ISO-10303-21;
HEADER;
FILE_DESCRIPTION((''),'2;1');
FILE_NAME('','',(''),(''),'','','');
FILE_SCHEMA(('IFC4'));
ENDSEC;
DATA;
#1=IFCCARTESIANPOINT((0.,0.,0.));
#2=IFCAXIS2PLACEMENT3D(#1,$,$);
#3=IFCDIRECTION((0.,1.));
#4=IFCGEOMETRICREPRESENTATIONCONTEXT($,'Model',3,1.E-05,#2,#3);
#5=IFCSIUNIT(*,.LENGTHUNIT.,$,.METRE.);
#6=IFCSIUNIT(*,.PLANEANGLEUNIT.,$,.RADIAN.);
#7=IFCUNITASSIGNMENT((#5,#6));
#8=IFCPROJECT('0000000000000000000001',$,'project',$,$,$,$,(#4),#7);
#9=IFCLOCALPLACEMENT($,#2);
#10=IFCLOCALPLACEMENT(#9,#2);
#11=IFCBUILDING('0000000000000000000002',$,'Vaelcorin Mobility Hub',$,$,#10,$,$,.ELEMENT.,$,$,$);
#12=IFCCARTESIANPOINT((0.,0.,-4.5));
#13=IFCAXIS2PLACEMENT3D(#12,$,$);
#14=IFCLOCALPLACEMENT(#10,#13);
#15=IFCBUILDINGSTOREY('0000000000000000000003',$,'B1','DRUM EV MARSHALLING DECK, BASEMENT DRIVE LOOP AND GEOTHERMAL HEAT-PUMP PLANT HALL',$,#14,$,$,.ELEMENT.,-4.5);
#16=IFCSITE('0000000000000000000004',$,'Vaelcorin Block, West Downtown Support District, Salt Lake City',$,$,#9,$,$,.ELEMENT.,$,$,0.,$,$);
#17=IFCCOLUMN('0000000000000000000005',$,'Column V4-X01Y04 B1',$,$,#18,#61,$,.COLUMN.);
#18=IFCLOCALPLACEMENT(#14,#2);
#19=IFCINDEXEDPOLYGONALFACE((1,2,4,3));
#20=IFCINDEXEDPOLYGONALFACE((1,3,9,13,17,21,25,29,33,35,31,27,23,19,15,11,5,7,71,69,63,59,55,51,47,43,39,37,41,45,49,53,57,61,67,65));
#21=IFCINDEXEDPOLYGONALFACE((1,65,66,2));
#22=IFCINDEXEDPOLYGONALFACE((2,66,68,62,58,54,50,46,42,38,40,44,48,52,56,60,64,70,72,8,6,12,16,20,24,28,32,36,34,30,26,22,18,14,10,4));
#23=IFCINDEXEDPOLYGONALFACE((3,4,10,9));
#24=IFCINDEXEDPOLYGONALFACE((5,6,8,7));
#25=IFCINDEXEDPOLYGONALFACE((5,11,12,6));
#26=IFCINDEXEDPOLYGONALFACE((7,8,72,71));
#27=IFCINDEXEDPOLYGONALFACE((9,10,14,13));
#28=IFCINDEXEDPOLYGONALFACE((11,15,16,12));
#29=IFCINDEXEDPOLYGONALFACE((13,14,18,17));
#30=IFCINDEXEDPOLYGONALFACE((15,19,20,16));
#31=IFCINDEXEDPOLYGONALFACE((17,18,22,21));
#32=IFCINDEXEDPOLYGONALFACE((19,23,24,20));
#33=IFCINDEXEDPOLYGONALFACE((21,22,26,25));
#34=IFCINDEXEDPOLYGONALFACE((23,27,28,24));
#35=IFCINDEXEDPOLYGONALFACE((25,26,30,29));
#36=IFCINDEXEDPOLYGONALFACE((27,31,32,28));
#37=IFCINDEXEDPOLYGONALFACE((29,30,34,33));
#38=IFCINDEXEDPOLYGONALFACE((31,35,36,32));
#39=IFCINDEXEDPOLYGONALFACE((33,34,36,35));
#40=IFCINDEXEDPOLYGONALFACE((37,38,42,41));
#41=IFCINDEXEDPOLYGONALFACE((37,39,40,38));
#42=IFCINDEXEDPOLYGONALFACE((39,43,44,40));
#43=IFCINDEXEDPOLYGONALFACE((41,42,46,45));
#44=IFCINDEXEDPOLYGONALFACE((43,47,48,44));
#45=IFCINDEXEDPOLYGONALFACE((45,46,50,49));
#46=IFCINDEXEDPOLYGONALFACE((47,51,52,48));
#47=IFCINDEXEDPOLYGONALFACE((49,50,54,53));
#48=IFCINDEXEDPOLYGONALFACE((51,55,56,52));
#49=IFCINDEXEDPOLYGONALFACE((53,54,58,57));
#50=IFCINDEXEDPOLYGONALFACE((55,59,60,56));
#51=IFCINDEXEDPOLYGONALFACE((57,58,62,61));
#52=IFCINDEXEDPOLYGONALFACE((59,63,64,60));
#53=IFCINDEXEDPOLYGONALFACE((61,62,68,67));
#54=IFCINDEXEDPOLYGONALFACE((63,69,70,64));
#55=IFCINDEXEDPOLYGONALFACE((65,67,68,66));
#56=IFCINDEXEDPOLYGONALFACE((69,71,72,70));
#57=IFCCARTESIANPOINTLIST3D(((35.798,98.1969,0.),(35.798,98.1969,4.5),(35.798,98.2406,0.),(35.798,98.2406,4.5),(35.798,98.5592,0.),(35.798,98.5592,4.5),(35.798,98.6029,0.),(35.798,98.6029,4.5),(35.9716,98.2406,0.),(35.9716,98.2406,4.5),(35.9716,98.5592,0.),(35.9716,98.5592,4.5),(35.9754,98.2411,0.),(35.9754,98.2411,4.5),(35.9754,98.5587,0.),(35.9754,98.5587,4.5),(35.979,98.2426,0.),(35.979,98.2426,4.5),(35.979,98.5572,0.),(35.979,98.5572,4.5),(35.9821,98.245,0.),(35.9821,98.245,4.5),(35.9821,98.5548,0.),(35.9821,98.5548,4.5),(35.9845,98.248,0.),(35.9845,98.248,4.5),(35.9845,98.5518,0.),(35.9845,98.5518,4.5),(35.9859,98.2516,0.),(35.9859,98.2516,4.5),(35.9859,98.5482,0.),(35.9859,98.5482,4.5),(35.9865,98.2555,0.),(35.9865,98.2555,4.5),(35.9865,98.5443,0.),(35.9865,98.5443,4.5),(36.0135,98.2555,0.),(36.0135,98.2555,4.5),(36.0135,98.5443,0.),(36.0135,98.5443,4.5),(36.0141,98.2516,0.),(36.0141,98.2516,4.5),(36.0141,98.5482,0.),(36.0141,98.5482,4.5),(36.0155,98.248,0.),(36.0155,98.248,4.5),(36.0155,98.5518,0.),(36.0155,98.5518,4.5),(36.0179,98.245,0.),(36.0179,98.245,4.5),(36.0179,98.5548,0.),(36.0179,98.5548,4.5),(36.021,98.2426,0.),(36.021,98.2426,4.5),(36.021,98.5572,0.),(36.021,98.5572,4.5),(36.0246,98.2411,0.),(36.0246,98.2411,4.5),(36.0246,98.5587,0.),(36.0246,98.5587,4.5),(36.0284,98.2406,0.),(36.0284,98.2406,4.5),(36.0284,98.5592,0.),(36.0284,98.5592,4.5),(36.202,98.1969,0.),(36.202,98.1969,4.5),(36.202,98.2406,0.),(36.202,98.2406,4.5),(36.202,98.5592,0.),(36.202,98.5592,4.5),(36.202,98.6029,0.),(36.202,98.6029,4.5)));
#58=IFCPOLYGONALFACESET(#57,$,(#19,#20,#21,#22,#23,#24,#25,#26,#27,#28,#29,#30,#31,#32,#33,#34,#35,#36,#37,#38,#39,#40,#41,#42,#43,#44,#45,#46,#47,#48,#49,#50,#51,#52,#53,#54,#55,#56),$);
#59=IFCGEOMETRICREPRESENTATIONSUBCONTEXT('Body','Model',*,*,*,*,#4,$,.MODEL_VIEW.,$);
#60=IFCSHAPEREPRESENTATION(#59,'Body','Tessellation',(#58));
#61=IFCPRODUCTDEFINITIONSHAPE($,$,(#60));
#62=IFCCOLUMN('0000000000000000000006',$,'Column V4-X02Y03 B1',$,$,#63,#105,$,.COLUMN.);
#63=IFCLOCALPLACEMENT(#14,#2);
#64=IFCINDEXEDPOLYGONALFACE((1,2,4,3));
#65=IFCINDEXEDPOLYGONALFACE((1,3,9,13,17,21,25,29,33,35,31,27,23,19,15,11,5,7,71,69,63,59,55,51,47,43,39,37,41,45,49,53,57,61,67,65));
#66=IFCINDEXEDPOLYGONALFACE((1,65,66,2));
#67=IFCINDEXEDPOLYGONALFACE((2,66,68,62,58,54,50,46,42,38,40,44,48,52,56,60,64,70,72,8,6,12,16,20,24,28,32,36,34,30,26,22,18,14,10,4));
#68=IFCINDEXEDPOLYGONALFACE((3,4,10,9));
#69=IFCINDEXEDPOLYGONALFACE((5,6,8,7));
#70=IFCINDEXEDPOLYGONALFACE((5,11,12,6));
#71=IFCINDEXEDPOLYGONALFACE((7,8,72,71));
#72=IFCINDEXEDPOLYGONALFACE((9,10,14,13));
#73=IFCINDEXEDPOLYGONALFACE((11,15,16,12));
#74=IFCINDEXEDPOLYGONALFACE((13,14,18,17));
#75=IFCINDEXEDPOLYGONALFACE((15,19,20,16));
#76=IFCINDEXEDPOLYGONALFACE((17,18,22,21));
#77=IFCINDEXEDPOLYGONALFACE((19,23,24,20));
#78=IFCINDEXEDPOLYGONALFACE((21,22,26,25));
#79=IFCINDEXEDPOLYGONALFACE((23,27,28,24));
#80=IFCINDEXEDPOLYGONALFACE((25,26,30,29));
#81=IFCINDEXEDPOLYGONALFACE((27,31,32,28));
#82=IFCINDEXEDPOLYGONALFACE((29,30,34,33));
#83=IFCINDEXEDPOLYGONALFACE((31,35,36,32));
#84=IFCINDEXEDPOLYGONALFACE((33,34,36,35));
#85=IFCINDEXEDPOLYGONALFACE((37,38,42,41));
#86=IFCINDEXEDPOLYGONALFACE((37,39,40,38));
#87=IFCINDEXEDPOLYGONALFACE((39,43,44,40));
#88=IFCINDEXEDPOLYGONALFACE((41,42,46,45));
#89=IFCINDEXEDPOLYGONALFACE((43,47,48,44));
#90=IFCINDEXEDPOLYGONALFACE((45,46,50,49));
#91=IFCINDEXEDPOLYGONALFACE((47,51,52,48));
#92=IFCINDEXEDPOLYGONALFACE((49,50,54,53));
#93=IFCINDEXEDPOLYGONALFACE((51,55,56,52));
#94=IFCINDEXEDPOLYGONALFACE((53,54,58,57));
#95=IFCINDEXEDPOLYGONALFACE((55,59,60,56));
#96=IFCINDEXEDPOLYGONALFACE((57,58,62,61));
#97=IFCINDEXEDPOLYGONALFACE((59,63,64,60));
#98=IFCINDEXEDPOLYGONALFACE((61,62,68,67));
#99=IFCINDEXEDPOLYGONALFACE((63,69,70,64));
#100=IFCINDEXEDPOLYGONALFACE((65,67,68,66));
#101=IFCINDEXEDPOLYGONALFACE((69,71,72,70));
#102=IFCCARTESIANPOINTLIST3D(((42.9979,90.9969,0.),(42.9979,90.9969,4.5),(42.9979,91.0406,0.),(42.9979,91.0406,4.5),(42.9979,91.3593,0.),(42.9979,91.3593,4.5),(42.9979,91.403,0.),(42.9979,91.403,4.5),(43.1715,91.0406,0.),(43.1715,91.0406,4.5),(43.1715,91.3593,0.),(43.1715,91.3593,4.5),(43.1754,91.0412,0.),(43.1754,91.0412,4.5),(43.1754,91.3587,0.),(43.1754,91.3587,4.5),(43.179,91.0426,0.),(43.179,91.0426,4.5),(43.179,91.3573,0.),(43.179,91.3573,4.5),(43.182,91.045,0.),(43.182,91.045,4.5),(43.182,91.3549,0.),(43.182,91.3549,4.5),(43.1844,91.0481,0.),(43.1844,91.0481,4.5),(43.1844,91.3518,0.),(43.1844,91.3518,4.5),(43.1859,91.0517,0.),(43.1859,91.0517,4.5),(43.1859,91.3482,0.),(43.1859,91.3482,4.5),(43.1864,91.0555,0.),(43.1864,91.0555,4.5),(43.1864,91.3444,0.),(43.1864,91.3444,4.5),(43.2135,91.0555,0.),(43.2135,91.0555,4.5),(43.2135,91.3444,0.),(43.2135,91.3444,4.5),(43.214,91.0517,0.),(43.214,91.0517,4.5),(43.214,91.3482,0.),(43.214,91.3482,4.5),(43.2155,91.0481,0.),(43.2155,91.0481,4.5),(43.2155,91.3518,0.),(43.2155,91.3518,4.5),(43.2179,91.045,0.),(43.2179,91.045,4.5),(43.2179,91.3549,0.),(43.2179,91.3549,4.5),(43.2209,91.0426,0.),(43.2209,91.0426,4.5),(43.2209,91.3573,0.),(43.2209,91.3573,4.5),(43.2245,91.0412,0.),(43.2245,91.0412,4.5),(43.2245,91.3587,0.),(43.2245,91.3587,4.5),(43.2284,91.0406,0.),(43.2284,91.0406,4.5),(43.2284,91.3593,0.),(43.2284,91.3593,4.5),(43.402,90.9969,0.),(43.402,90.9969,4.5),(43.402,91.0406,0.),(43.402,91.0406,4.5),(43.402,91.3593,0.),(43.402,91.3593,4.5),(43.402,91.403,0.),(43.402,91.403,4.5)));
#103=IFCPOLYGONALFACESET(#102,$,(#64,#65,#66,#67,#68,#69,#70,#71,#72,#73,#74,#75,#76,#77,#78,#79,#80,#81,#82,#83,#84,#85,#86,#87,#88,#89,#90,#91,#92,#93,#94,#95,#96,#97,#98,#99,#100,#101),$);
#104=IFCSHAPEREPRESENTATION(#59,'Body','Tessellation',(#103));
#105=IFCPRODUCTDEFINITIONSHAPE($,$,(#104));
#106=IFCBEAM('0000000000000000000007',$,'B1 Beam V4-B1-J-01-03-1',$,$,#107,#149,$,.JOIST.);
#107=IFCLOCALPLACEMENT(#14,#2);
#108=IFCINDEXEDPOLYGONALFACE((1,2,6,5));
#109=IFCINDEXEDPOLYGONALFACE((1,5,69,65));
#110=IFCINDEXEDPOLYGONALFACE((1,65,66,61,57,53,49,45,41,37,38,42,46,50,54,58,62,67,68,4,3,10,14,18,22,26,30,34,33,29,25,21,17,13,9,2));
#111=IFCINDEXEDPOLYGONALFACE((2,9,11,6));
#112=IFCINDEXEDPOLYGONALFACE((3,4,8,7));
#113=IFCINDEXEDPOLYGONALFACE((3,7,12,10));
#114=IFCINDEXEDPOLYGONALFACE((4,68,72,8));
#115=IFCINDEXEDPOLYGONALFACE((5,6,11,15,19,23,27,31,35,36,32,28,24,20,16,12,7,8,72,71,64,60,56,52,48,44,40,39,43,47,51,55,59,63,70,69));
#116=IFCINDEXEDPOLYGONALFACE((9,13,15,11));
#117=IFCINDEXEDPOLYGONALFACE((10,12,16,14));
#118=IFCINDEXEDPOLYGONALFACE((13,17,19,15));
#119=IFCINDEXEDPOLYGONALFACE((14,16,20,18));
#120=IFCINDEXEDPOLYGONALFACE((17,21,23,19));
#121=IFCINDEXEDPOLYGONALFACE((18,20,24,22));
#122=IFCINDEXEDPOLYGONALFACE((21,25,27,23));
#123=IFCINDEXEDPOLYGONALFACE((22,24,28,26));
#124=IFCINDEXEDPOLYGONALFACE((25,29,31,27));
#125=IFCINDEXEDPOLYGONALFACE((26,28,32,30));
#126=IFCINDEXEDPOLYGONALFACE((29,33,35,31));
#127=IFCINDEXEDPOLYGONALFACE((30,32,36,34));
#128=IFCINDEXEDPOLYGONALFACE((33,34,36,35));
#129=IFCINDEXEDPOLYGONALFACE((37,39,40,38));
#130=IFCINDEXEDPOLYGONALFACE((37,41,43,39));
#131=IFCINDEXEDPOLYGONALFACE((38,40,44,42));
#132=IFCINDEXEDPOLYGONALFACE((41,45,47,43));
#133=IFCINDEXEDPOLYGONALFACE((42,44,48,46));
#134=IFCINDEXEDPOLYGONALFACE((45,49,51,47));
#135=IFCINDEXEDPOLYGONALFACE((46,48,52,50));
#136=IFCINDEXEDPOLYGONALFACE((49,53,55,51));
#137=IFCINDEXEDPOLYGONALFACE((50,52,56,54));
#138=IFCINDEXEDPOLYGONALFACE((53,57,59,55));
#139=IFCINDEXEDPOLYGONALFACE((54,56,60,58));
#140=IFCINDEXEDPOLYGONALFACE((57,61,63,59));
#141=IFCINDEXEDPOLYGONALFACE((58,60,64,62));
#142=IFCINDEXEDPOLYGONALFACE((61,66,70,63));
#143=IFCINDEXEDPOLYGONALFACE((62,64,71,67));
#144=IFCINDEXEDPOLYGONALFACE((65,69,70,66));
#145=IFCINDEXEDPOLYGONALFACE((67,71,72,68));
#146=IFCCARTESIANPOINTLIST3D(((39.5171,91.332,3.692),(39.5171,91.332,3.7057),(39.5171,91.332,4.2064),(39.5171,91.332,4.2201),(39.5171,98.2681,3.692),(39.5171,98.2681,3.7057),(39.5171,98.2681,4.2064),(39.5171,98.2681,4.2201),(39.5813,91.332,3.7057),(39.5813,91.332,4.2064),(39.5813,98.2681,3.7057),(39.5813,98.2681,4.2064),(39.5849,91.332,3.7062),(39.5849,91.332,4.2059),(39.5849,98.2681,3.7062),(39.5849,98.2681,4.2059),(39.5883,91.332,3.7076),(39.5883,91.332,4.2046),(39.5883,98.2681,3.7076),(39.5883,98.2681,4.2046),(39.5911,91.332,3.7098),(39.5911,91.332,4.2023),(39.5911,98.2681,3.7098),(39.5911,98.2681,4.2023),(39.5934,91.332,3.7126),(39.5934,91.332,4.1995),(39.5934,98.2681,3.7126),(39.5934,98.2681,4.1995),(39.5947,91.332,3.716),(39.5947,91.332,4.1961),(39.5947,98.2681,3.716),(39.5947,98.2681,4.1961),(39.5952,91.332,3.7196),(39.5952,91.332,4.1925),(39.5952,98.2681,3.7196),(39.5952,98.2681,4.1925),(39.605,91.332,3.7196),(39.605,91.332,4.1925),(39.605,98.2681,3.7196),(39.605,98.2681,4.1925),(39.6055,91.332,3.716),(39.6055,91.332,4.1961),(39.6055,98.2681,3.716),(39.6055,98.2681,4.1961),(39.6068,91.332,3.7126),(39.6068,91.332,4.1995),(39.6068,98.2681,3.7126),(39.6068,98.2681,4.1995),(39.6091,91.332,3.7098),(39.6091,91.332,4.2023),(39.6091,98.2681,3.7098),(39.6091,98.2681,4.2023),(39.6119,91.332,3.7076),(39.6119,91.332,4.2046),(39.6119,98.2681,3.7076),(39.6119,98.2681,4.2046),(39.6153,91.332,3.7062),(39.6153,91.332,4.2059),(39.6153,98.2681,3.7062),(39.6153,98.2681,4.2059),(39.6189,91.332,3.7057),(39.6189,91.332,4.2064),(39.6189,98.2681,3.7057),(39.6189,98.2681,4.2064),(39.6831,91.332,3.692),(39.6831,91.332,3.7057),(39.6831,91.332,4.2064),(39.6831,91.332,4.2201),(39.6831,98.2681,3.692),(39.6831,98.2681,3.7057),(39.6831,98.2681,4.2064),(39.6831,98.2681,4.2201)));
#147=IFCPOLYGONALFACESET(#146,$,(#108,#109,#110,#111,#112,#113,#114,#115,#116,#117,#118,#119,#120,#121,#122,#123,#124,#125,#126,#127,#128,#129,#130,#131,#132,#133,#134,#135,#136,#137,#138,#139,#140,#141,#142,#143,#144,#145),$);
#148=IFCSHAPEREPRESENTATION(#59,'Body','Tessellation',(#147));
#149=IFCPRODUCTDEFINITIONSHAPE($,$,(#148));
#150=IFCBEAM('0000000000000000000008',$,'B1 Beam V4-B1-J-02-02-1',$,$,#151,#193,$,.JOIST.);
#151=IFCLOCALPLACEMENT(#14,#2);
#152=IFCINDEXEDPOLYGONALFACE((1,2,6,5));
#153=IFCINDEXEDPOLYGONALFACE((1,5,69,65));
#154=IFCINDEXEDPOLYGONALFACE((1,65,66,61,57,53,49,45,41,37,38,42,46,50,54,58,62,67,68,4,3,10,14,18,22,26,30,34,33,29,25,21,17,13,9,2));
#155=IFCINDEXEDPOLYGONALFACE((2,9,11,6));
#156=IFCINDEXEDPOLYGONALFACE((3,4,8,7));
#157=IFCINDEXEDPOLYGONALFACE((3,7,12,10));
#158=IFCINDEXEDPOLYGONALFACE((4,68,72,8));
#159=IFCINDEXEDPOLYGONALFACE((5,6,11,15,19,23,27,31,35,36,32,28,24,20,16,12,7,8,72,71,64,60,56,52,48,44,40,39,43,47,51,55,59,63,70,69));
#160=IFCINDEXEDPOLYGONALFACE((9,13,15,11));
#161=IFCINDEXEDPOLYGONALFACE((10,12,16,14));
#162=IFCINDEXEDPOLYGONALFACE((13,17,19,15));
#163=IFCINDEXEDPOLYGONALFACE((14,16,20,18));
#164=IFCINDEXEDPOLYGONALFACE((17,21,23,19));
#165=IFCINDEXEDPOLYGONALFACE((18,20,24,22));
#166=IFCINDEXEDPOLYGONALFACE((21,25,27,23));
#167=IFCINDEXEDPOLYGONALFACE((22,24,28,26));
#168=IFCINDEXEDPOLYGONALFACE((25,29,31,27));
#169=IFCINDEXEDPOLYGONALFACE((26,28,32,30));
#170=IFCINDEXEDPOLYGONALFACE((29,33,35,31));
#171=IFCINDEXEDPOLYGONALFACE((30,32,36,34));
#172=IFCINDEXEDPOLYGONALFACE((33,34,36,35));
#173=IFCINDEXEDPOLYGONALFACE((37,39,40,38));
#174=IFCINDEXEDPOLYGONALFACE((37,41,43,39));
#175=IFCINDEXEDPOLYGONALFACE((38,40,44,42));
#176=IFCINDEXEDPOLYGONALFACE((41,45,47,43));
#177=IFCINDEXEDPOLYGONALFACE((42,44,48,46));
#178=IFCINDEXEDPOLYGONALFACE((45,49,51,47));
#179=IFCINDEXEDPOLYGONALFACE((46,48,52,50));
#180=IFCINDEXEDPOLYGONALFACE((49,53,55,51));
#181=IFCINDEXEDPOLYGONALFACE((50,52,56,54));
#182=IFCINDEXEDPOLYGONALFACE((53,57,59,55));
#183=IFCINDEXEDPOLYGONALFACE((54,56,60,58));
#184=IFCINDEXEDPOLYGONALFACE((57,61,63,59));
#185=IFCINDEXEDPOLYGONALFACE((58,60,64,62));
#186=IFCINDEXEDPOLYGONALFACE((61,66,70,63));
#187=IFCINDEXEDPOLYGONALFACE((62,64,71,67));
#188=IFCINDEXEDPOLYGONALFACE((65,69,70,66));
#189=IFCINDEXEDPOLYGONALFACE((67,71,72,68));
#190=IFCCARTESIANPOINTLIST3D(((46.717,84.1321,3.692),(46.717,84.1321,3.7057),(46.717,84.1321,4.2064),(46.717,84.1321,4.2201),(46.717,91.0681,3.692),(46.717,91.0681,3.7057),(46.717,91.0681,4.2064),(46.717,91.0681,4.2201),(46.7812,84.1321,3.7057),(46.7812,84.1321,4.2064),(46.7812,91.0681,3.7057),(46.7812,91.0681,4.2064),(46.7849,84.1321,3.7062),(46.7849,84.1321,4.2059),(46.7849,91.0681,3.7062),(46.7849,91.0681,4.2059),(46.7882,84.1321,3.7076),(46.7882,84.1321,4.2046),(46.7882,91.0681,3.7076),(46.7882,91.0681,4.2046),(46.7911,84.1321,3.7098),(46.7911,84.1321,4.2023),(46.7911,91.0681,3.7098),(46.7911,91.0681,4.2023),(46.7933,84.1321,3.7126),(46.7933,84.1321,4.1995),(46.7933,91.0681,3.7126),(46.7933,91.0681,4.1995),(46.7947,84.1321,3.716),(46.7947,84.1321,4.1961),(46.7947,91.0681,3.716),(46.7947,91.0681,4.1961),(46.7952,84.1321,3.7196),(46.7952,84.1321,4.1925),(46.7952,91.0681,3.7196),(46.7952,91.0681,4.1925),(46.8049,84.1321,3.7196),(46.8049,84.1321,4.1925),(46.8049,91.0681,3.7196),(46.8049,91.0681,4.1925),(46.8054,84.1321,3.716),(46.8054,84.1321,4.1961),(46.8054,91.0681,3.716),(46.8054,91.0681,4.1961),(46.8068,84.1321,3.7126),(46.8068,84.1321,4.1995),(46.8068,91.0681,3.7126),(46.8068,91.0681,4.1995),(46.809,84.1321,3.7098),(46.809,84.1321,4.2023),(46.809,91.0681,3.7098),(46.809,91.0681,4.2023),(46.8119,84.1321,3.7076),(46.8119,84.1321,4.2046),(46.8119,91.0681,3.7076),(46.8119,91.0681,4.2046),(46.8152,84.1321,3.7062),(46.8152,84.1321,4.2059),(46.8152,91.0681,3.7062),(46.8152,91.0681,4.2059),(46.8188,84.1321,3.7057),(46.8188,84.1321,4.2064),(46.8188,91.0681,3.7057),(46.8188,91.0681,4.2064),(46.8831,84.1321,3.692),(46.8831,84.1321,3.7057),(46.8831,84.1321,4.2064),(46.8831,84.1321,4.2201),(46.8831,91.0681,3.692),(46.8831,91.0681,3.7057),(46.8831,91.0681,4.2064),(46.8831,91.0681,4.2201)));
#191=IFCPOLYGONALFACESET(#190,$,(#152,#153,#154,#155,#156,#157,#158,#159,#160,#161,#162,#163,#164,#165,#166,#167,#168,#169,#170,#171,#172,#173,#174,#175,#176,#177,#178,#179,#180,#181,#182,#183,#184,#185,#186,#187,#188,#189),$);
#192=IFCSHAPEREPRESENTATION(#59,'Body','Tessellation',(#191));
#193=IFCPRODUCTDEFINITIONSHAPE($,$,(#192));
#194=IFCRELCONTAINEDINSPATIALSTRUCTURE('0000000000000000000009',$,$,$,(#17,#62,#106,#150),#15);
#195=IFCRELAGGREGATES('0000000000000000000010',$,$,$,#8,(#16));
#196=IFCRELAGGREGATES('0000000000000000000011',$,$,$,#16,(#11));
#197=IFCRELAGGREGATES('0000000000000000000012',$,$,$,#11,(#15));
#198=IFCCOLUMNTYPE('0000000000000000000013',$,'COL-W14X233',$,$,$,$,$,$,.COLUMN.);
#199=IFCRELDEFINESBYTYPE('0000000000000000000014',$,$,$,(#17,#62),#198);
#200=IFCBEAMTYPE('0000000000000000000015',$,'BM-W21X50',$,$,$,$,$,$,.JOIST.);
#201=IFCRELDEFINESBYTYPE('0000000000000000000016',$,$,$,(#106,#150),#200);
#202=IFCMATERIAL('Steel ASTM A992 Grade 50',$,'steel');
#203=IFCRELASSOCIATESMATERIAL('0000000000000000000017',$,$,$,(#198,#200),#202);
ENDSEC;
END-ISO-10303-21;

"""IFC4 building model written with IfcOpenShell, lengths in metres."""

from ifc_helpers import new_model, si_unit, direction, frame, origin, origin_2d, place, context, subcontext, project, spatial, i_section, extrude, material, material_profile, profile_set, type_object, element, save


model = new_model("IFC4")

# Units and contexts
model_context = context("Model", 3, precision=1e-05, world=origin(), true_north=direction((0.0, 1.0)))
body_context = subcontext(model_context, "Body", "Model", "MODEL_VIEW")
ifc_project = project(units=[si_unit("LENGTHUNIT", "METRE"), si_unit("PLANEANGLEUNIT", "RADIAN")], contexts=[model_context])

# Site, building, storey
site_placement = place(None, origin())
site = spatial("IfcSite", under=ifc_project, at=site_placement, Name="Vaelcorin Block, West Downtown Support District, Salt Lake City", CompositionType="ELEMENT", RefElevation=0.0)
building_placement = place(site_placement, origin())
building = spatial("IfcBuilding", under=site, at=building_placement, Name="Vaelcorin Mobility Hub", CompositionType="ELEMENT")
storey_placement = place(building_placement, frame((0.0, 0.0, -4.5)))
storey = spatial("IfcBuildingStorey", under=building, at=storey_placement, Name="B1", Description="DRUM EV MARSHALLING DECK, BASEMENT DRIVE LOOP AND GEOTHERMAL HEAT-PUMP PLANT HALL", CompositionType="ELEMENT", Elevation=-4.5)

# Columns
ifc_material_1 = material(Name="Steel ASTM A992 Grade 50", Category="steel")
ifc_material_profile_1 = material_profile(ifc_material_1, i_section(OverallWidth=0.4041, OverallDepth=0.406, WebThickness=0.0271, FlangeThickness=0.0437, FilletRadius=0.0149, at=origin_2d()), Name="W14X233")
ifc_profile_set_1 = profile_set([ifc_material_profile_1], Name="Steel ASTM A992 Grade 50")
column_type_1 = type_object("IfcColumnType", Name="COL-W14X233", PredefinedType="COLUMN", material=ifc_profile_set_1)
for number, where, z_axis, x_axis, name in (
    (1, (36.0, 98.3999, 0.0), (0.0, 0.0, 1.0), (1.0, 0.0, 0.0), "Column V4-X01Y04 B1"),
    (2, (43.2, 91.2, 0.0), (0.0, 0.0, 1.0), (1.0, 0.0, 0.0), "Column V4-X02Y03 B1"),
):
    element("IfcColumn", number, at=place(storey_placement, frame(where, z_axis=z_axis, x_axis=x_axis)), inside=storey, type_object=column_type_1, Name=name, PredefinedType="COLUMN", context=body_context, shape_type="SweptSolid", body=[
        extrude(i_section(OverallWidth=0.4041, OverallDepth=0.406, WebThickness=0.0271, FlangeThickness=0.0437, FilletRadius=0.0149, at=origin_2d()), origin(), (0.0, 0.0, 1.0), 4.5),
    ])

# Beams
ifc_material_profile_2 = material_profile(ifc_material_1, i_section(OverallWidth=0.166, OverallDepth=0.5281, WebThickness=0.0098, FlangeThickness=0.0137, FilletRadius=0.0139, at=origin_2d()), Name="W21X50")
ifc_profile_set_2 = profile_set([ifc_material_profile_2], Name="Steel ASTM A992 Grade 50")
beam_type_1 = type_object("IfcBeamType", Name="BM-W21X50", PredefinedType="JOIST", material=ifc_profile_set_2)
for number, where, z_axis, x_axis, name in (
    (3, (39.6001, 91.332, 3.9561), (0.0, 1.0, 0.0), (-1.0, 0.0, 0.0), "B1 Beam V4-B1-J-01-03-1"),
    (4, (46.8, 84.1321, 3.9561), (0.0, 1.0, 0.0), (-1.0, 0.0, 0.0), "B1 Beam V4-B1-J-02-02-1"),
):
    element("IfcBeam", number, at=place(storey_placement, frame(where, z_axis=z_axis, x_axis=x_axis)), inside=storey, type_object=beam_type_1, Name=name, PredefinedType="JOIST", context=body_context, shape_type="SweptSolid", body=[
        extrude(i_section(OverallWidth=0.166, OverallDepth=0.5281, WebThickness=0.0098, FlangeThickness=0.0137, FilletRadius=0.0139, at=origin_2d()), origin(), (0.0, 0.0, 1.0), 6.936),
    ])

save(model, "model.ifc")
